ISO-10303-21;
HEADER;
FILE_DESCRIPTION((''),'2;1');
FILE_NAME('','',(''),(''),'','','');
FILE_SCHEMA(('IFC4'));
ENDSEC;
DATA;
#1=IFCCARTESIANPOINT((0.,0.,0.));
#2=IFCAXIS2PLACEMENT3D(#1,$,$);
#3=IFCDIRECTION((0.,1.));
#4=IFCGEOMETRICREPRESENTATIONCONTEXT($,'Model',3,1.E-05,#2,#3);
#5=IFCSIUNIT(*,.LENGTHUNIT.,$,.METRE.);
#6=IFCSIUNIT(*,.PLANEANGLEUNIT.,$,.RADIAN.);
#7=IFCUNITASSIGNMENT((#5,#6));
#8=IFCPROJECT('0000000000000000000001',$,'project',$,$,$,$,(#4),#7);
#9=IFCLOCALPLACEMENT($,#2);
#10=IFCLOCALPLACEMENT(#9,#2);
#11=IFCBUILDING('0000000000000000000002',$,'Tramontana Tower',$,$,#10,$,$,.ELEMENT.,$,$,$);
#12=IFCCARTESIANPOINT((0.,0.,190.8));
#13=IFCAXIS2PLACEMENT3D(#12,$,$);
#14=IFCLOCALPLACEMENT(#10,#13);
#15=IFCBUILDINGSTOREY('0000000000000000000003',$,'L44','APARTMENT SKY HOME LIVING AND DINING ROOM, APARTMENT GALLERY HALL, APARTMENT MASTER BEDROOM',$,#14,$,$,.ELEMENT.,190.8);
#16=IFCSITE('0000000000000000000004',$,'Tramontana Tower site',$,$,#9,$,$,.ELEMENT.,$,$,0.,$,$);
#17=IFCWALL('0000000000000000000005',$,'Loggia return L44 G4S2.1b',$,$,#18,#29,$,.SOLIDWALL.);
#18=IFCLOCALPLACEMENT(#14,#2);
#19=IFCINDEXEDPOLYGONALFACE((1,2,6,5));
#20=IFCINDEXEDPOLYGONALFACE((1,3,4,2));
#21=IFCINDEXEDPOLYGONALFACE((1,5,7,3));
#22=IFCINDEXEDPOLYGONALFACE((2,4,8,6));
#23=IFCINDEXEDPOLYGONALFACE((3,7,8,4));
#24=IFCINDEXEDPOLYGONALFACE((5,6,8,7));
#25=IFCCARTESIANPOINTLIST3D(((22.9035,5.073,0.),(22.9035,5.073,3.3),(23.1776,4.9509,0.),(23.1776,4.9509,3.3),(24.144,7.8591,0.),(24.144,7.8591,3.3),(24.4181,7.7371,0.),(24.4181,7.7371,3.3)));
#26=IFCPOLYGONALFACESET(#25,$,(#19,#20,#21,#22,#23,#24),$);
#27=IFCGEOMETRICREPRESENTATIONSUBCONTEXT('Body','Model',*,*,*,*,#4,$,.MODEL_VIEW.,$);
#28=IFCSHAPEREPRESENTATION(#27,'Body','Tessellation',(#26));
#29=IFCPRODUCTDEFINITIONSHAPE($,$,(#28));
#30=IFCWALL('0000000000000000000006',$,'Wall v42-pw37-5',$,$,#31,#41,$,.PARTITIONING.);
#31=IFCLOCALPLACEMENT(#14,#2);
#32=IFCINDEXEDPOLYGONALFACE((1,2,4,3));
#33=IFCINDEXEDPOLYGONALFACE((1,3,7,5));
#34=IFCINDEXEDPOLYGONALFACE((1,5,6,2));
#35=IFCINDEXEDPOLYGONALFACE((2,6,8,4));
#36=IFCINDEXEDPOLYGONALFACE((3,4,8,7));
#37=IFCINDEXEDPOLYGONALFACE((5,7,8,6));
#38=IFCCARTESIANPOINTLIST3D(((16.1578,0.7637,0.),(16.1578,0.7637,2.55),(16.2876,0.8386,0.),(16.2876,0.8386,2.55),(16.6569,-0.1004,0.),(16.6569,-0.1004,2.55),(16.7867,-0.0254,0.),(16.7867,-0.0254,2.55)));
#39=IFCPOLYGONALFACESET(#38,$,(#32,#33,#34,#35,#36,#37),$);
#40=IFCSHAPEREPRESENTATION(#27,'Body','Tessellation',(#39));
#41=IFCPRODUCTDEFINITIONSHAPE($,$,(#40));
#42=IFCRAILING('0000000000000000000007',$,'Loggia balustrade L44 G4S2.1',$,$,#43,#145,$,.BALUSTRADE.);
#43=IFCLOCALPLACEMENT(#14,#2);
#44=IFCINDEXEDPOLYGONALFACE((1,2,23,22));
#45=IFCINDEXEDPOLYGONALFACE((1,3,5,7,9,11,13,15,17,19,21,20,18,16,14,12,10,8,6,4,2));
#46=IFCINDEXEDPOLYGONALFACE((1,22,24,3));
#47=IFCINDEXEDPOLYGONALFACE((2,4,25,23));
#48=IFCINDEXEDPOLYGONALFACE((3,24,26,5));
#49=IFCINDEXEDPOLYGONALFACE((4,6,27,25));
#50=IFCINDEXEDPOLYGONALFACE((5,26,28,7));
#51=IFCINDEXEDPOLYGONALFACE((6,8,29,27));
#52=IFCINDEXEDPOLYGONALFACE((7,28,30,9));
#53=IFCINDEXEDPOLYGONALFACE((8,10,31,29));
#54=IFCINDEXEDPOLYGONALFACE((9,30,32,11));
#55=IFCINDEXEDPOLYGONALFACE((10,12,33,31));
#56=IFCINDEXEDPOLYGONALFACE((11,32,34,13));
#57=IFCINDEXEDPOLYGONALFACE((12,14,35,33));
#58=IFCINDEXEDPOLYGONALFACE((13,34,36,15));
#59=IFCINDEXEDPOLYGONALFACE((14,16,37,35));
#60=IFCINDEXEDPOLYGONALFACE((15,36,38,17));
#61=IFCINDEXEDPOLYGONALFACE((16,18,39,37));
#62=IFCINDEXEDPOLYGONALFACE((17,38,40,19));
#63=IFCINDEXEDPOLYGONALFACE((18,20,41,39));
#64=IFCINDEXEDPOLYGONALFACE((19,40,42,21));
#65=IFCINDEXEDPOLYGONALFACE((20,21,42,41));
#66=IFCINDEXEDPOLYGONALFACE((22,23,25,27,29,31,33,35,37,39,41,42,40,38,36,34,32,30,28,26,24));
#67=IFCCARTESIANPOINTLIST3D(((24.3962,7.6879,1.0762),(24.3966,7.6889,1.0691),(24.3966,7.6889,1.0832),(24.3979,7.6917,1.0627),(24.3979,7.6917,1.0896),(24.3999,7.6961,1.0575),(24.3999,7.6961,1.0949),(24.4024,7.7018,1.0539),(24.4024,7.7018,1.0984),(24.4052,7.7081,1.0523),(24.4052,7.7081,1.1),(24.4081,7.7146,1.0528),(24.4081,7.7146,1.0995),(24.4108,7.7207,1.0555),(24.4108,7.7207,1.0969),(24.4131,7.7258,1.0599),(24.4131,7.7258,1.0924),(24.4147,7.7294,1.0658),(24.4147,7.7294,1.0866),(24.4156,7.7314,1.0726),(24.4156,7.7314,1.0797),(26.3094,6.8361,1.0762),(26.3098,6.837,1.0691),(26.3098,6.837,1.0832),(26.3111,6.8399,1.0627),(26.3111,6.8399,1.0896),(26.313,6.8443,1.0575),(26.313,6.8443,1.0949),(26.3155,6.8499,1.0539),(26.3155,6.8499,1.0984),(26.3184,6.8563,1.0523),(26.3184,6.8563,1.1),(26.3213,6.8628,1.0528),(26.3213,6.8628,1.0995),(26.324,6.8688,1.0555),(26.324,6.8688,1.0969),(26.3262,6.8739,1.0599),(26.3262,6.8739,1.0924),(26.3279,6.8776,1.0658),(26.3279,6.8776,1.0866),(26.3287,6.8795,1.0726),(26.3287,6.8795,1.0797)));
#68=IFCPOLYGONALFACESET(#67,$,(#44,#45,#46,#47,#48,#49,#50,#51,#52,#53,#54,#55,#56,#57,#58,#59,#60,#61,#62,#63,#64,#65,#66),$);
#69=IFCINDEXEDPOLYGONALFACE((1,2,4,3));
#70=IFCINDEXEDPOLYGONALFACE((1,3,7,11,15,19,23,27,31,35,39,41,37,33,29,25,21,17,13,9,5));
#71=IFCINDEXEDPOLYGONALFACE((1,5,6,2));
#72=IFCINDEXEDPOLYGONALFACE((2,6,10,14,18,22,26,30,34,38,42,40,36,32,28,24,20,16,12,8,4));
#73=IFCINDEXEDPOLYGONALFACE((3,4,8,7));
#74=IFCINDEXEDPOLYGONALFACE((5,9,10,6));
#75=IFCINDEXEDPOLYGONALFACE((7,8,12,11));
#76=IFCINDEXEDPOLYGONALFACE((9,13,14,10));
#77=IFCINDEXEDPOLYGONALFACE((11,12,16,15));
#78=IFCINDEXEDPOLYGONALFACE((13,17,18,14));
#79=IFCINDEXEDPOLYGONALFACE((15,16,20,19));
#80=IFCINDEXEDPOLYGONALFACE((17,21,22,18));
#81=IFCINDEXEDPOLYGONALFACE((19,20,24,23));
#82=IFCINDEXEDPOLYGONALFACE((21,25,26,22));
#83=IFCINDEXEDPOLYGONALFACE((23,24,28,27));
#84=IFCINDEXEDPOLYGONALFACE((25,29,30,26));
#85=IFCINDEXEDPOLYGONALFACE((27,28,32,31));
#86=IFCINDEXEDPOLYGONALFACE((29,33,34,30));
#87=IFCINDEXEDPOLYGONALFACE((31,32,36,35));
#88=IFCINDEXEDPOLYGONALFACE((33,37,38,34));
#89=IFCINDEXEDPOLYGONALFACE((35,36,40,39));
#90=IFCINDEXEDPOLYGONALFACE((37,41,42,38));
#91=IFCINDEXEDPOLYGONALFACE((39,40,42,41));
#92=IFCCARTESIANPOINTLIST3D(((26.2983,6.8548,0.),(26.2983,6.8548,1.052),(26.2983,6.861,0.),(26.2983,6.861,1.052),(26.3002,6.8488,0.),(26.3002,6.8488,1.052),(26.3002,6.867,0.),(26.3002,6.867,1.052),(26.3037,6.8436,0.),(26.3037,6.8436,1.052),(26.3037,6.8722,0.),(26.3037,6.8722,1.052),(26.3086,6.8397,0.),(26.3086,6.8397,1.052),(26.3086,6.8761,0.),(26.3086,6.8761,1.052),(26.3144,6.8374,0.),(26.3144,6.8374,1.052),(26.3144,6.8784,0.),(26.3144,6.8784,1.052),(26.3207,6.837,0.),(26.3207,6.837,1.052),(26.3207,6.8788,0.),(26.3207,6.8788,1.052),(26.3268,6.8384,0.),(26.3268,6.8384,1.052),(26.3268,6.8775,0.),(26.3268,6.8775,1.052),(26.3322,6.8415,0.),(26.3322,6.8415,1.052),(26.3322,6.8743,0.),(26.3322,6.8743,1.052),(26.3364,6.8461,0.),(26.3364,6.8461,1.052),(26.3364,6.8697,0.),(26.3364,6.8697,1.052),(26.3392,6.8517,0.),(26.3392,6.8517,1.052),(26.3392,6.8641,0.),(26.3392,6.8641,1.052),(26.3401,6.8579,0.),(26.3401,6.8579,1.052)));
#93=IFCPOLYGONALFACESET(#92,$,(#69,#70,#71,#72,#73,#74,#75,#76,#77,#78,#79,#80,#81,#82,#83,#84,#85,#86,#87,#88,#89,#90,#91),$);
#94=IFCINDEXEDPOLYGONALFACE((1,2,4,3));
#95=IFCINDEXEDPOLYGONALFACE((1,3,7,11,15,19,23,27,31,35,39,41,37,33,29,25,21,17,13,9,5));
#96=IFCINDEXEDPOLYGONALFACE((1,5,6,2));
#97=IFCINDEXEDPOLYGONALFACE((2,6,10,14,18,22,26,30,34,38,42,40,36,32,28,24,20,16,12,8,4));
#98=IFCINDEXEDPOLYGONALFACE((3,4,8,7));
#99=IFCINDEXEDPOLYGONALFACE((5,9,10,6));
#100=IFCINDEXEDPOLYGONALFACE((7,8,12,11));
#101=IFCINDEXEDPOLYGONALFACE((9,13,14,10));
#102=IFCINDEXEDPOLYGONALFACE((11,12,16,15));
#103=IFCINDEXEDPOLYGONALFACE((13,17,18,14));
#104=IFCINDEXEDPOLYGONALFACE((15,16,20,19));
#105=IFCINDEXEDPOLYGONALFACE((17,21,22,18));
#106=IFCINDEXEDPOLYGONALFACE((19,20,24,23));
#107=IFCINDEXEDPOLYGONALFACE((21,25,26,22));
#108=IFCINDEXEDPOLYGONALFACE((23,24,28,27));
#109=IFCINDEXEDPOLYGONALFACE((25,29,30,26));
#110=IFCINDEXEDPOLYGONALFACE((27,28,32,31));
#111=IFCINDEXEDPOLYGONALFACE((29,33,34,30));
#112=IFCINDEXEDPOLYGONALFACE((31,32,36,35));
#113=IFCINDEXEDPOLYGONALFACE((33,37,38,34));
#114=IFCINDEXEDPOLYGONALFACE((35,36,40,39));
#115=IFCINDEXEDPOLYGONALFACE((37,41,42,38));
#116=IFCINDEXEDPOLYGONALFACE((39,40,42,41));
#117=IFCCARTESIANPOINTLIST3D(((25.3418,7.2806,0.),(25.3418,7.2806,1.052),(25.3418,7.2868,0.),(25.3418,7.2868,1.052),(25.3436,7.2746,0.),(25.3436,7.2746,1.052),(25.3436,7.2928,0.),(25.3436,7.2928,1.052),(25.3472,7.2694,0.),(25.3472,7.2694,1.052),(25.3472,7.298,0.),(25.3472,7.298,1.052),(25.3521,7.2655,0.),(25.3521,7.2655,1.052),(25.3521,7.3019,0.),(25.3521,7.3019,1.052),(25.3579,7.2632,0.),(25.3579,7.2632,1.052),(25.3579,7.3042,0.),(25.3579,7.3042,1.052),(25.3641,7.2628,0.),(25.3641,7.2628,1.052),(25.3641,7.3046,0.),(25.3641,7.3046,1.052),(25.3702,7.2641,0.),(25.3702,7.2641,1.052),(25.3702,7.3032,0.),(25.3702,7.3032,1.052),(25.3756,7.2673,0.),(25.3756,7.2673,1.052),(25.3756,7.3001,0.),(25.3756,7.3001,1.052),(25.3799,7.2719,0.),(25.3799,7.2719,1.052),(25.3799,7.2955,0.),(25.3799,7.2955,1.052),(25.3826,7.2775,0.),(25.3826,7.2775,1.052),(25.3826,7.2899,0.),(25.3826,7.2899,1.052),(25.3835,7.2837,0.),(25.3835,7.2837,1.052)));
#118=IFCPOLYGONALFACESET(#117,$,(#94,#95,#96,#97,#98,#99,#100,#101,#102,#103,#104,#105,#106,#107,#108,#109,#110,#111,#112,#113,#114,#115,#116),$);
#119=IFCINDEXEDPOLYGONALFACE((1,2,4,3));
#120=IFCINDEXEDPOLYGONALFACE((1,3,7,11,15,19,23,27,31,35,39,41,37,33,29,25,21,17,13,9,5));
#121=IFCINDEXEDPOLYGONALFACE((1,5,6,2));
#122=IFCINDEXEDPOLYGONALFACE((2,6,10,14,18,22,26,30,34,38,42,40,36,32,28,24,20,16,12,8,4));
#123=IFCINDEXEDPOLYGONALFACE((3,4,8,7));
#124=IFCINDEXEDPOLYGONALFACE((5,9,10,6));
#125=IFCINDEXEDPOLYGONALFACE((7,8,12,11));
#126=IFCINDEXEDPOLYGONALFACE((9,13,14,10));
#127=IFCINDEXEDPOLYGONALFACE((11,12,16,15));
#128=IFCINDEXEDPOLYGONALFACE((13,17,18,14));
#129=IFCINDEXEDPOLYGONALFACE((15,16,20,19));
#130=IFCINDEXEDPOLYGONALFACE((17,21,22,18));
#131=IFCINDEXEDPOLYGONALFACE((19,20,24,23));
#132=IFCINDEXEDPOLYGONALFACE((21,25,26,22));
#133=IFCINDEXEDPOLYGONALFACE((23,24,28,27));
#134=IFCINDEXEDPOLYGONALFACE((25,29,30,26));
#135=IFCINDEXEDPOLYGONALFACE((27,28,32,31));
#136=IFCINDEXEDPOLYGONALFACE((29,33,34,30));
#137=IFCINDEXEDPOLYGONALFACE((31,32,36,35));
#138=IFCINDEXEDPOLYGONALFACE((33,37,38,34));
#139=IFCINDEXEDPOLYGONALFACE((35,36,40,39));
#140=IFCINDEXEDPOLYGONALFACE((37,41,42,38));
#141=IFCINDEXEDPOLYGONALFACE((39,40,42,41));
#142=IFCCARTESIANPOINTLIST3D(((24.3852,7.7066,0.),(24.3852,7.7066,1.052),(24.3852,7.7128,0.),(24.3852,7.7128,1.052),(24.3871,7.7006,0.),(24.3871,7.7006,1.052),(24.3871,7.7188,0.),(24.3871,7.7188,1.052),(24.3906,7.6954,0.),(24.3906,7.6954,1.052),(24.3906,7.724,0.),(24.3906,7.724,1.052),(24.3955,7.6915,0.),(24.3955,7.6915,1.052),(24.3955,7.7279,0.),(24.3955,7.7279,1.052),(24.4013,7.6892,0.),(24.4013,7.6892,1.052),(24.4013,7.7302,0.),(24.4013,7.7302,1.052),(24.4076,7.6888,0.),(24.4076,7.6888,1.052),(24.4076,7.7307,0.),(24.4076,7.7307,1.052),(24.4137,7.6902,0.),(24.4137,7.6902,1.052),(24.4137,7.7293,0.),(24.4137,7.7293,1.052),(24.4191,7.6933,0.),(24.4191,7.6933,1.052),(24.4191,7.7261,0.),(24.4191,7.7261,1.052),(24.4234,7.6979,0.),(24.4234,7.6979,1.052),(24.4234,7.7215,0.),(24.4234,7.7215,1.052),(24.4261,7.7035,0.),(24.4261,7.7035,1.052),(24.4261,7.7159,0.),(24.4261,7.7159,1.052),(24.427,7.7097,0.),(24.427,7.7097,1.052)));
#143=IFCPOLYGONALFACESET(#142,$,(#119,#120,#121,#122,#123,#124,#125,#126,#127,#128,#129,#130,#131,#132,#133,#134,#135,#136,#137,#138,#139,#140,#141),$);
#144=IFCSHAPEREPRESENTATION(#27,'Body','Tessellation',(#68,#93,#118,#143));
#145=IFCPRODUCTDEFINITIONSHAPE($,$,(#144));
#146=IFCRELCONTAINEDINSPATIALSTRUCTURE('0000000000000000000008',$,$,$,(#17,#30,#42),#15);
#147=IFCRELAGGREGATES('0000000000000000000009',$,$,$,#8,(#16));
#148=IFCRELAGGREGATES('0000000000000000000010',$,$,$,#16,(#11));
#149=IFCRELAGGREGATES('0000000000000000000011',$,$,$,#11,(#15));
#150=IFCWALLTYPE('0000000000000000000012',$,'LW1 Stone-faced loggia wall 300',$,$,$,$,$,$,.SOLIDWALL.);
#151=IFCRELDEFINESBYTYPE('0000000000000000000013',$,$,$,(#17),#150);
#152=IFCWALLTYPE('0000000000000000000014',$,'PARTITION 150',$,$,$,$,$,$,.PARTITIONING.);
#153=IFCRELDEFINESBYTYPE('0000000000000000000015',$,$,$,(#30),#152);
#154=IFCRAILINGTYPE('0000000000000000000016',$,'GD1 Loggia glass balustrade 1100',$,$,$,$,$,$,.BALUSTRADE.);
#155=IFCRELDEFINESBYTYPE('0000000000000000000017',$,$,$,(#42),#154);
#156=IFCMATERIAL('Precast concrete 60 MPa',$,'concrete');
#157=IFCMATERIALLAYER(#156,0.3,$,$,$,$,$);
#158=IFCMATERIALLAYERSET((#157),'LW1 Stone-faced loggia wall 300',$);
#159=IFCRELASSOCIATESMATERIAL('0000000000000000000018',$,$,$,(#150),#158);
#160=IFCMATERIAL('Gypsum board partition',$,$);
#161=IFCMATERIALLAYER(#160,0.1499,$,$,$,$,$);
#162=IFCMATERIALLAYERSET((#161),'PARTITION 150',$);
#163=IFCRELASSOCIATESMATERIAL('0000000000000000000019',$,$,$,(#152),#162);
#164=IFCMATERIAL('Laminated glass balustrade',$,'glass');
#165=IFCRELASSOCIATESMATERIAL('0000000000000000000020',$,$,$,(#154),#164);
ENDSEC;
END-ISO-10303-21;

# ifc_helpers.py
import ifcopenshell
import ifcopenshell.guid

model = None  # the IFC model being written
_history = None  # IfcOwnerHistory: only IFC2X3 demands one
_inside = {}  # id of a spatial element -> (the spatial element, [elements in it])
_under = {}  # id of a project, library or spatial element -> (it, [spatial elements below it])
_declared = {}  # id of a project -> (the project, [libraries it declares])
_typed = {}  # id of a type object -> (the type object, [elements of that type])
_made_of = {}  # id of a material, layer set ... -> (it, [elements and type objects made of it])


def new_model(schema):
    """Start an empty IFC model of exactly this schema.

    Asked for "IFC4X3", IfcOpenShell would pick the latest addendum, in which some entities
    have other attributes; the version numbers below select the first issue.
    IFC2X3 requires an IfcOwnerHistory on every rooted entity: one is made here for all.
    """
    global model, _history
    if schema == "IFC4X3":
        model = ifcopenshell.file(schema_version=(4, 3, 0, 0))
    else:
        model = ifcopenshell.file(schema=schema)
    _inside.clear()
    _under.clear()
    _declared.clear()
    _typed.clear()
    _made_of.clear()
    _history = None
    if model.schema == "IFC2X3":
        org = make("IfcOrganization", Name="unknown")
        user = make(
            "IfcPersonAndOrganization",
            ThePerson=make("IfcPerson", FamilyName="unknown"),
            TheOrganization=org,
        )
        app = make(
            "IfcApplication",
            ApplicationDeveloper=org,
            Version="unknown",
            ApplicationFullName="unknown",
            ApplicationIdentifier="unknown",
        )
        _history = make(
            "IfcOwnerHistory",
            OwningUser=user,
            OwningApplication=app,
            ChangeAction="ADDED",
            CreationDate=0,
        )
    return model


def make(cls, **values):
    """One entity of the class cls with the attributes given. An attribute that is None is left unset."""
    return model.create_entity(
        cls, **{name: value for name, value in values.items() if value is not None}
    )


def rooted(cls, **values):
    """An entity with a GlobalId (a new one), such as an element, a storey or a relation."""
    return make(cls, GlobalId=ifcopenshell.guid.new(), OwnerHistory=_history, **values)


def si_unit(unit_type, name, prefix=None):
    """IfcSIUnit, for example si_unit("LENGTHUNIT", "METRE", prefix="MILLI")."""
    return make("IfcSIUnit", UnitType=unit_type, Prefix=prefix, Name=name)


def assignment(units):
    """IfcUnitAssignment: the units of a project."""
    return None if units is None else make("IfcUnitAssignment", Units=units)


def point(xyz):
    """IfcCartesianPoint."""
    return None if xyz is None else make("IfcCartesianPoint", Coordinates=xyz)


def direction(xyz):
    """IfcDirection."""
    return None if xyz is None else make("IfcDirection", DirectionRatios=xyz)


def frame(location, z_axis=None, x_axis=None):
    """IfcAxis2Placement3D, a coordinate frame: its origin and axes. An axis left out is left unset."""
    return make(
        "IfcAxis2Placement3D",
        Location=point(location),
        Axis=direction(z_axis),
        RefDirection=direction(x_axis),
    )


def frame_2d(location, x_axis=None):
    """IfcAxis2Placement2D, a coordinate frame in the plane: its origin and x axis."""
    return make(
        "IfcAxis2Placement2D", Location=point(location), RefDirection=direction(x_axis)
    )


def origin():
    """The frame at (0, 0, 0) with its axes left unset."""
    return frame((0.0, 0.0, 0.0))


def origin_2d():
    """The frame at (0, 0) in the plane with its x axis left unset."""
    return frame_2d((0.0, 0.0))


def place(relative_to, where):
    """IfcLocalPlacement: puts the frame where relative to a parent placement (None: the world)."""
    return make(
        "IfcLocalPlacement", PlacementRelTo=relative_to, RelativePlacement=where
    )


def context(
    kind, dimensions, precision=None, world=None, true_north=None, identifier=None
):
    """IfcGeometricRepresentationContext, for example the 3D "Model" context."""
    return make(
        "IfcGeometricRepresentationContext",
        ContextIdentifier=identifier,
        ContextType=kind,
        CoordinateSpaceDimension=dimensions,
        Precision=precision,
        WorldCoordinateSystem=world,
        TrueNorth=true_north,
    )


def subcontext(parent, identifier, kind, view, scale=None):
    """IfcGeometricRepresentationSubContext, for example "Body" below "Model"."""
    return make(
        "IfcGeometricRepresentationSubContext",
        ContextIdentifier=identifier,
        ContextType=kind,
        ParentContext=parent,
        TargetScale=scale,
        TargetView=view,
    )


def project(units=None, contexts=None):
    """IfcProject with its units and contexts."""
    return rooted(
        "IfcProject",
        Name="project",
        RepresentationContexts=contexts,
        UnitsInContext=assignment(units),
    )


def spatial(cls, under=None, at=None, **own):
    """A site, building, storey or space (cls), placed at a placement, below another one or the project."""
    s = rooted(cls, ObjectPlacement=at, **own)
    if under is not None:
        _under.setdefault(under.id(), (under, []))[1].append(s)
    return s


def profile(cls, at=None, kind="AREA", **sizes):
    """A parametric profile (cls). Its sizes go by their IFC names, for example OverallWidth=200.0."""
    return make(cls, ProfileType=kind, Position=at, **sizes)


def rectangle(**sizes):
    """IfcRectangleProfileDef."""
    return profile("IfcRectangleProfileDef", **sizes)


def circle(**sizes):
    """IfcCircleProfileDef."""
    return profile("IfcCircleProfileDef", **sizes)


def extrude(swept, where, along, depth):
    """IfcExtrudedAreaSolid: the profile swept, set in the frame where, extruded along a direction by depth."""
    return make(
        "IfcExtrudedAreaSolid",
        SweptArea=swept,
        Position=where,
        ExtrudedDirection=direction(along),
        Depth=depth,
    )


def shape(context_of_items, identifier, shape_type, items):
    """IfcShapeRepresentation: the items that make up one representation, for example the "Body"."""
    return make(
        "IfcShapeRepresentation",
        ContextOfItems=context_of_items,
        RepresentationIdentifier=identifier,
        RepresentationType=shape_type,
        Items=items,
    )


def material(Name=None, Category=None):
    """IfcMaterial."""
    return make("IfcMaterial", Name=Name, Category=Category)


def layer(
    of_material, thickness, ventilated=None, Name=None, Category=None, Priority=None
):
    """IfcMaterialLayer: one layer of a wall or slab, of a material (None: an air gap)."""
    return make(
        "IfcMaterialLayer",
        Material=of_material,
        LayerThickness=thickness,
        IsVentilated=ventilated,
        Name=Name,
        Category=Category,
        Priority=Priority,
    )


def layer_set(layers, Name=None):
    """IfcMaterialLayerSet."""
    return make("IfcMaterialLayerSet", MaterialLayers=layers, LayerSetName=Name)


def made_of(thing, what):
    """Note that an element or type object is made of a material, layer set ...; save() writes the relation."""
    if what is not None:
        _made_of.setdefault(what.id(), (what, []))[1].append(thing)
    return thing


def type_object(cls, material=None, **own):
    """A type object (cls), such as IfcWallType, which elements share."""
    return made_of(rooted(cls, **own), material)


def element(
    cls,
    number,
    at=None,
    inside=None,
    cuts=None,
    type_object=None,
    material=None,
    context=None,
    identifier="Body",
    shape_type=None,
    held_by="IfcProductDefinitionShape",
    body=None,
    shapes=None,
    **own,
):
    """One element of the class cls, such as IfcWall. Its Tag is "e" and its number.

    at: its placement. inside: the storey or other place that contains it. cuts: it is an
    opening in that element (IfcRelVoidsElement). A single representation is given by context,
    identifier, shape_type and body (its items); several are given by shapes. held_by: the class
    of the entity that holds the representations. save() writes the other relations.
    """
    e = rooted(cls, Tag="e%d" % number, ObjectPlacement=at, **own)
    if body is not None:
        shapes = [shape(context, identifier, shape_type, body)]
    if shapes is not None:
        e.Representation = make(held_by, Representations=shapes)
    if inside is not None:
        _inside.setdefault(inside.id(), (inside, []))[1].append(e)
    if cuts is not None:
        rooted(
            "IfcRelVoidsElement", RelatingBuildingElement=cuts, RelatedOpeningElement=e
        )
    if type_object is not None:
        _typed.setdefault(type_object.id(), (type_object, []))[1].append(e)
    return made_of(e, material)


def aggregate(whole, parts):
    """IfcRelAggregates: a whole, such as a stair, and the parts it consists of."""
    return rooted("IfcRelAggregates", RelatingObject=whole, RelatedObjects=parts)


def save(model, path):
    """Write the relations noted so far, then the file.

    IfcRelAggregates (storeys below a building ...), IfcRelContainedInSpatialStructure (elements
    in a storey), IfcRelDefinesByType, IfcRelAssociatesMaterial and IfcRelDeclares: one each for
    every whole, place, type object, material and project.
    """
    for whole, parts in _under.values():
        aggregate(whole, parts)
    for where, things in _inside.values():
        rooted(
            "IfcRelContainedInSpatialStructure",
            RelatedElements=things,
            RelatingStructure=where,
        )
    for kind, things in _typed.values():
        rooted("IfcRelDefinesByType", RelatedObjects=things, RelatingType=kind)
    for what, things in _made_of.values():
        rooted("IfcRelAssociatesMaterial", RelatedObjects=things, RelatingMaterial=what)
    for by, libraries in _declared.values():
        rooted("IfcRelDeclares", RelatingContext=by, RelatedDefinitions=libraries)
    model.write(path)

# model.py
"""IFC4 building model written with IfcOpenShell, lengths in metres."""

from ifc_helpers import new_model, si_unit, direction, frame, frame_2d, origin, origin_2d, place, context, subcontext, project, spatial, rectangle, circle, extrude, material, layer, layer_set, type_object, element, save


model = new_model("IFC4")

# Units and contexts
model_context = context("Model", 3, precision=1e-05, world=origin(), true_north=direction((0.0, 1.0)))
body_context = subcontext(model_context, "Body", "Model", "MODEL_VIEW")
ifc_project = project(units=[si_unit("LENGTHUNIT", "METRE"), si_unit("PLANEANGLEUNIT", "RADIAN")], contexts=[model_context])

# Site, building, storey
site_placement = place(None, origin())
site = spatial("IfcSite", under=ifc_project, at=site_placement, Name="Tramontana Tower site", CompositionType="ELEMENT", RefElevation=0.0)
building_placement = place(site_placement, origin())
building = spatial("IfcBuilding", under=site, at=building_placement, Name="Tramontana Tower", CompositionType="ELEMENT")
storey_placement = place(building_placement, frame((0.0, 0.0, 190.8)))
storey = spatial("IfcBuildingStorey", under=building, at=storey_placement, Name="L44", Description="APARTMENT SKY HOME LIVING AND DINING ROOM, APARTMENT GALLERY HALL, APARTMENT MASTER BEDROOM", CompositionType="ELEMENT", Elevation=190.8)

# Shared definitions
ifc_material_1 = material(Name="Precast concrete 60 MPa", Category="concrete")
ifc_layer_1 = layer(ifc_material_1, 0.3)
ifc_layer_set_1 = layer_set([ifc_layer_1], Name="LW1 Stone-faced loggia wall 300")
wall_type_1 = type_object("IfcWallType", Name="LW1 Stone-faced loggia wall 300", PredefinedType="SOLIDWALL", material=ifc_layer_set_1)

# Walls
for number, where, z_axis, x_axis, name in (
    (1, (24.281, 7.7981, 0.0), (0.0, 0.0, 1.0), (-0.40674, -0.913544, 0.0), "Loggia return L44 G4S2.1b"),
):
    element("IfcWall", number, at=place(storey_placement, frame(where, z_axis=z_axis, x_axis=x_axis)), inside=storey, type_object=wall_type_1, Name=name, PredefinedType="SOLIDWALL", context=body_context, shape_type="SweptSolid", body=[
        extrude(rectangle(XDim=3.0498, YDim=0.3, at=frame_2d((1.5249, 0.0))), origin(), (0.0, 0.0, 1.0), 3.3),
    ])
ifc_material_2 = material(Name="Gypsum board partition")
ifc_layer_2 = layer(ifc_material_2, 0.1499)
ifc_layer_set_2 = layer_set([ifc_layer_2], Name="PARTITION 150")
wall_type_2 = type_object("IfcWallType", Name="PARTITION 150", PredefinedType="PARTITIONING", material=ifc_layer_set_2)
wall_1_placement = place(storey_placement, frame((16.2227, 0.8013, 0.0), z_axis=(0.0, 0.0, 1.0), x_axis=(0.500139, -0.865945, 0.0)))
element("IfcWall", 2, at=wall_1_placement, inside=storey, type_object=wall_type_2, Name="Wall v42-pw37-5", PredefinedType="PARTITIONING", context=body_context, shape_type="SweptSolid", body=[
    extrude(rectangle(XDim=0.9978, YDim=0.1499, at=frame_2d((0.499, 0.0))), origin(), (0.0, 0.0, 1.0), 2.55),
])

# Railing
ifc_material_3 = material(Name="Laminated glass balustrade", Category="glass")
railing_type = type_object("IfcRailingType", Name="GD1 Loggia glass balustrade 1100", PredefinedType="BALUSTRADE", material=ifc_material_3)
railing_1_placement = place(storey_placement, frame((26.3191, 6.8579, 0.0)))
element("IfcRailing", 3, at=railing_1_placement, inside=storey, type_object=railing_type, Name="Loggia balustrade L44 G4S2.1", PredefinedType="BALUSTRADE", context=body_context, shape_type="SweptSolid", body=[
    extrude(circle(Radius=0.0239, at=origin_2d()), frame((0.0, 0.0, 1.0762), z_axis=(-0.913537, 0.406755, 0.0), x_axis=(-0.406755, -0.913537, 0.0)), (0.0, 0.0, 1.0), 2.0942),
    extrude(circle(Radius=0.021, at=origin_2d()), origin(), (0.0, 0.0, 1.0), 1.052),
    extrude(circle(Radius=0.021, at=origin_2d()), frame((-0.9565, 0.4258, 0.0)), (0.0, 0.0, 1.0), 1.052),
    extrude(circle(Radius=0.021, at=origin_2d()), frame((-1.9131, 0.8518, 0.0)), (0.0, 0.0, 1.0), 1.052),
])

save(model, "model.ifc")
